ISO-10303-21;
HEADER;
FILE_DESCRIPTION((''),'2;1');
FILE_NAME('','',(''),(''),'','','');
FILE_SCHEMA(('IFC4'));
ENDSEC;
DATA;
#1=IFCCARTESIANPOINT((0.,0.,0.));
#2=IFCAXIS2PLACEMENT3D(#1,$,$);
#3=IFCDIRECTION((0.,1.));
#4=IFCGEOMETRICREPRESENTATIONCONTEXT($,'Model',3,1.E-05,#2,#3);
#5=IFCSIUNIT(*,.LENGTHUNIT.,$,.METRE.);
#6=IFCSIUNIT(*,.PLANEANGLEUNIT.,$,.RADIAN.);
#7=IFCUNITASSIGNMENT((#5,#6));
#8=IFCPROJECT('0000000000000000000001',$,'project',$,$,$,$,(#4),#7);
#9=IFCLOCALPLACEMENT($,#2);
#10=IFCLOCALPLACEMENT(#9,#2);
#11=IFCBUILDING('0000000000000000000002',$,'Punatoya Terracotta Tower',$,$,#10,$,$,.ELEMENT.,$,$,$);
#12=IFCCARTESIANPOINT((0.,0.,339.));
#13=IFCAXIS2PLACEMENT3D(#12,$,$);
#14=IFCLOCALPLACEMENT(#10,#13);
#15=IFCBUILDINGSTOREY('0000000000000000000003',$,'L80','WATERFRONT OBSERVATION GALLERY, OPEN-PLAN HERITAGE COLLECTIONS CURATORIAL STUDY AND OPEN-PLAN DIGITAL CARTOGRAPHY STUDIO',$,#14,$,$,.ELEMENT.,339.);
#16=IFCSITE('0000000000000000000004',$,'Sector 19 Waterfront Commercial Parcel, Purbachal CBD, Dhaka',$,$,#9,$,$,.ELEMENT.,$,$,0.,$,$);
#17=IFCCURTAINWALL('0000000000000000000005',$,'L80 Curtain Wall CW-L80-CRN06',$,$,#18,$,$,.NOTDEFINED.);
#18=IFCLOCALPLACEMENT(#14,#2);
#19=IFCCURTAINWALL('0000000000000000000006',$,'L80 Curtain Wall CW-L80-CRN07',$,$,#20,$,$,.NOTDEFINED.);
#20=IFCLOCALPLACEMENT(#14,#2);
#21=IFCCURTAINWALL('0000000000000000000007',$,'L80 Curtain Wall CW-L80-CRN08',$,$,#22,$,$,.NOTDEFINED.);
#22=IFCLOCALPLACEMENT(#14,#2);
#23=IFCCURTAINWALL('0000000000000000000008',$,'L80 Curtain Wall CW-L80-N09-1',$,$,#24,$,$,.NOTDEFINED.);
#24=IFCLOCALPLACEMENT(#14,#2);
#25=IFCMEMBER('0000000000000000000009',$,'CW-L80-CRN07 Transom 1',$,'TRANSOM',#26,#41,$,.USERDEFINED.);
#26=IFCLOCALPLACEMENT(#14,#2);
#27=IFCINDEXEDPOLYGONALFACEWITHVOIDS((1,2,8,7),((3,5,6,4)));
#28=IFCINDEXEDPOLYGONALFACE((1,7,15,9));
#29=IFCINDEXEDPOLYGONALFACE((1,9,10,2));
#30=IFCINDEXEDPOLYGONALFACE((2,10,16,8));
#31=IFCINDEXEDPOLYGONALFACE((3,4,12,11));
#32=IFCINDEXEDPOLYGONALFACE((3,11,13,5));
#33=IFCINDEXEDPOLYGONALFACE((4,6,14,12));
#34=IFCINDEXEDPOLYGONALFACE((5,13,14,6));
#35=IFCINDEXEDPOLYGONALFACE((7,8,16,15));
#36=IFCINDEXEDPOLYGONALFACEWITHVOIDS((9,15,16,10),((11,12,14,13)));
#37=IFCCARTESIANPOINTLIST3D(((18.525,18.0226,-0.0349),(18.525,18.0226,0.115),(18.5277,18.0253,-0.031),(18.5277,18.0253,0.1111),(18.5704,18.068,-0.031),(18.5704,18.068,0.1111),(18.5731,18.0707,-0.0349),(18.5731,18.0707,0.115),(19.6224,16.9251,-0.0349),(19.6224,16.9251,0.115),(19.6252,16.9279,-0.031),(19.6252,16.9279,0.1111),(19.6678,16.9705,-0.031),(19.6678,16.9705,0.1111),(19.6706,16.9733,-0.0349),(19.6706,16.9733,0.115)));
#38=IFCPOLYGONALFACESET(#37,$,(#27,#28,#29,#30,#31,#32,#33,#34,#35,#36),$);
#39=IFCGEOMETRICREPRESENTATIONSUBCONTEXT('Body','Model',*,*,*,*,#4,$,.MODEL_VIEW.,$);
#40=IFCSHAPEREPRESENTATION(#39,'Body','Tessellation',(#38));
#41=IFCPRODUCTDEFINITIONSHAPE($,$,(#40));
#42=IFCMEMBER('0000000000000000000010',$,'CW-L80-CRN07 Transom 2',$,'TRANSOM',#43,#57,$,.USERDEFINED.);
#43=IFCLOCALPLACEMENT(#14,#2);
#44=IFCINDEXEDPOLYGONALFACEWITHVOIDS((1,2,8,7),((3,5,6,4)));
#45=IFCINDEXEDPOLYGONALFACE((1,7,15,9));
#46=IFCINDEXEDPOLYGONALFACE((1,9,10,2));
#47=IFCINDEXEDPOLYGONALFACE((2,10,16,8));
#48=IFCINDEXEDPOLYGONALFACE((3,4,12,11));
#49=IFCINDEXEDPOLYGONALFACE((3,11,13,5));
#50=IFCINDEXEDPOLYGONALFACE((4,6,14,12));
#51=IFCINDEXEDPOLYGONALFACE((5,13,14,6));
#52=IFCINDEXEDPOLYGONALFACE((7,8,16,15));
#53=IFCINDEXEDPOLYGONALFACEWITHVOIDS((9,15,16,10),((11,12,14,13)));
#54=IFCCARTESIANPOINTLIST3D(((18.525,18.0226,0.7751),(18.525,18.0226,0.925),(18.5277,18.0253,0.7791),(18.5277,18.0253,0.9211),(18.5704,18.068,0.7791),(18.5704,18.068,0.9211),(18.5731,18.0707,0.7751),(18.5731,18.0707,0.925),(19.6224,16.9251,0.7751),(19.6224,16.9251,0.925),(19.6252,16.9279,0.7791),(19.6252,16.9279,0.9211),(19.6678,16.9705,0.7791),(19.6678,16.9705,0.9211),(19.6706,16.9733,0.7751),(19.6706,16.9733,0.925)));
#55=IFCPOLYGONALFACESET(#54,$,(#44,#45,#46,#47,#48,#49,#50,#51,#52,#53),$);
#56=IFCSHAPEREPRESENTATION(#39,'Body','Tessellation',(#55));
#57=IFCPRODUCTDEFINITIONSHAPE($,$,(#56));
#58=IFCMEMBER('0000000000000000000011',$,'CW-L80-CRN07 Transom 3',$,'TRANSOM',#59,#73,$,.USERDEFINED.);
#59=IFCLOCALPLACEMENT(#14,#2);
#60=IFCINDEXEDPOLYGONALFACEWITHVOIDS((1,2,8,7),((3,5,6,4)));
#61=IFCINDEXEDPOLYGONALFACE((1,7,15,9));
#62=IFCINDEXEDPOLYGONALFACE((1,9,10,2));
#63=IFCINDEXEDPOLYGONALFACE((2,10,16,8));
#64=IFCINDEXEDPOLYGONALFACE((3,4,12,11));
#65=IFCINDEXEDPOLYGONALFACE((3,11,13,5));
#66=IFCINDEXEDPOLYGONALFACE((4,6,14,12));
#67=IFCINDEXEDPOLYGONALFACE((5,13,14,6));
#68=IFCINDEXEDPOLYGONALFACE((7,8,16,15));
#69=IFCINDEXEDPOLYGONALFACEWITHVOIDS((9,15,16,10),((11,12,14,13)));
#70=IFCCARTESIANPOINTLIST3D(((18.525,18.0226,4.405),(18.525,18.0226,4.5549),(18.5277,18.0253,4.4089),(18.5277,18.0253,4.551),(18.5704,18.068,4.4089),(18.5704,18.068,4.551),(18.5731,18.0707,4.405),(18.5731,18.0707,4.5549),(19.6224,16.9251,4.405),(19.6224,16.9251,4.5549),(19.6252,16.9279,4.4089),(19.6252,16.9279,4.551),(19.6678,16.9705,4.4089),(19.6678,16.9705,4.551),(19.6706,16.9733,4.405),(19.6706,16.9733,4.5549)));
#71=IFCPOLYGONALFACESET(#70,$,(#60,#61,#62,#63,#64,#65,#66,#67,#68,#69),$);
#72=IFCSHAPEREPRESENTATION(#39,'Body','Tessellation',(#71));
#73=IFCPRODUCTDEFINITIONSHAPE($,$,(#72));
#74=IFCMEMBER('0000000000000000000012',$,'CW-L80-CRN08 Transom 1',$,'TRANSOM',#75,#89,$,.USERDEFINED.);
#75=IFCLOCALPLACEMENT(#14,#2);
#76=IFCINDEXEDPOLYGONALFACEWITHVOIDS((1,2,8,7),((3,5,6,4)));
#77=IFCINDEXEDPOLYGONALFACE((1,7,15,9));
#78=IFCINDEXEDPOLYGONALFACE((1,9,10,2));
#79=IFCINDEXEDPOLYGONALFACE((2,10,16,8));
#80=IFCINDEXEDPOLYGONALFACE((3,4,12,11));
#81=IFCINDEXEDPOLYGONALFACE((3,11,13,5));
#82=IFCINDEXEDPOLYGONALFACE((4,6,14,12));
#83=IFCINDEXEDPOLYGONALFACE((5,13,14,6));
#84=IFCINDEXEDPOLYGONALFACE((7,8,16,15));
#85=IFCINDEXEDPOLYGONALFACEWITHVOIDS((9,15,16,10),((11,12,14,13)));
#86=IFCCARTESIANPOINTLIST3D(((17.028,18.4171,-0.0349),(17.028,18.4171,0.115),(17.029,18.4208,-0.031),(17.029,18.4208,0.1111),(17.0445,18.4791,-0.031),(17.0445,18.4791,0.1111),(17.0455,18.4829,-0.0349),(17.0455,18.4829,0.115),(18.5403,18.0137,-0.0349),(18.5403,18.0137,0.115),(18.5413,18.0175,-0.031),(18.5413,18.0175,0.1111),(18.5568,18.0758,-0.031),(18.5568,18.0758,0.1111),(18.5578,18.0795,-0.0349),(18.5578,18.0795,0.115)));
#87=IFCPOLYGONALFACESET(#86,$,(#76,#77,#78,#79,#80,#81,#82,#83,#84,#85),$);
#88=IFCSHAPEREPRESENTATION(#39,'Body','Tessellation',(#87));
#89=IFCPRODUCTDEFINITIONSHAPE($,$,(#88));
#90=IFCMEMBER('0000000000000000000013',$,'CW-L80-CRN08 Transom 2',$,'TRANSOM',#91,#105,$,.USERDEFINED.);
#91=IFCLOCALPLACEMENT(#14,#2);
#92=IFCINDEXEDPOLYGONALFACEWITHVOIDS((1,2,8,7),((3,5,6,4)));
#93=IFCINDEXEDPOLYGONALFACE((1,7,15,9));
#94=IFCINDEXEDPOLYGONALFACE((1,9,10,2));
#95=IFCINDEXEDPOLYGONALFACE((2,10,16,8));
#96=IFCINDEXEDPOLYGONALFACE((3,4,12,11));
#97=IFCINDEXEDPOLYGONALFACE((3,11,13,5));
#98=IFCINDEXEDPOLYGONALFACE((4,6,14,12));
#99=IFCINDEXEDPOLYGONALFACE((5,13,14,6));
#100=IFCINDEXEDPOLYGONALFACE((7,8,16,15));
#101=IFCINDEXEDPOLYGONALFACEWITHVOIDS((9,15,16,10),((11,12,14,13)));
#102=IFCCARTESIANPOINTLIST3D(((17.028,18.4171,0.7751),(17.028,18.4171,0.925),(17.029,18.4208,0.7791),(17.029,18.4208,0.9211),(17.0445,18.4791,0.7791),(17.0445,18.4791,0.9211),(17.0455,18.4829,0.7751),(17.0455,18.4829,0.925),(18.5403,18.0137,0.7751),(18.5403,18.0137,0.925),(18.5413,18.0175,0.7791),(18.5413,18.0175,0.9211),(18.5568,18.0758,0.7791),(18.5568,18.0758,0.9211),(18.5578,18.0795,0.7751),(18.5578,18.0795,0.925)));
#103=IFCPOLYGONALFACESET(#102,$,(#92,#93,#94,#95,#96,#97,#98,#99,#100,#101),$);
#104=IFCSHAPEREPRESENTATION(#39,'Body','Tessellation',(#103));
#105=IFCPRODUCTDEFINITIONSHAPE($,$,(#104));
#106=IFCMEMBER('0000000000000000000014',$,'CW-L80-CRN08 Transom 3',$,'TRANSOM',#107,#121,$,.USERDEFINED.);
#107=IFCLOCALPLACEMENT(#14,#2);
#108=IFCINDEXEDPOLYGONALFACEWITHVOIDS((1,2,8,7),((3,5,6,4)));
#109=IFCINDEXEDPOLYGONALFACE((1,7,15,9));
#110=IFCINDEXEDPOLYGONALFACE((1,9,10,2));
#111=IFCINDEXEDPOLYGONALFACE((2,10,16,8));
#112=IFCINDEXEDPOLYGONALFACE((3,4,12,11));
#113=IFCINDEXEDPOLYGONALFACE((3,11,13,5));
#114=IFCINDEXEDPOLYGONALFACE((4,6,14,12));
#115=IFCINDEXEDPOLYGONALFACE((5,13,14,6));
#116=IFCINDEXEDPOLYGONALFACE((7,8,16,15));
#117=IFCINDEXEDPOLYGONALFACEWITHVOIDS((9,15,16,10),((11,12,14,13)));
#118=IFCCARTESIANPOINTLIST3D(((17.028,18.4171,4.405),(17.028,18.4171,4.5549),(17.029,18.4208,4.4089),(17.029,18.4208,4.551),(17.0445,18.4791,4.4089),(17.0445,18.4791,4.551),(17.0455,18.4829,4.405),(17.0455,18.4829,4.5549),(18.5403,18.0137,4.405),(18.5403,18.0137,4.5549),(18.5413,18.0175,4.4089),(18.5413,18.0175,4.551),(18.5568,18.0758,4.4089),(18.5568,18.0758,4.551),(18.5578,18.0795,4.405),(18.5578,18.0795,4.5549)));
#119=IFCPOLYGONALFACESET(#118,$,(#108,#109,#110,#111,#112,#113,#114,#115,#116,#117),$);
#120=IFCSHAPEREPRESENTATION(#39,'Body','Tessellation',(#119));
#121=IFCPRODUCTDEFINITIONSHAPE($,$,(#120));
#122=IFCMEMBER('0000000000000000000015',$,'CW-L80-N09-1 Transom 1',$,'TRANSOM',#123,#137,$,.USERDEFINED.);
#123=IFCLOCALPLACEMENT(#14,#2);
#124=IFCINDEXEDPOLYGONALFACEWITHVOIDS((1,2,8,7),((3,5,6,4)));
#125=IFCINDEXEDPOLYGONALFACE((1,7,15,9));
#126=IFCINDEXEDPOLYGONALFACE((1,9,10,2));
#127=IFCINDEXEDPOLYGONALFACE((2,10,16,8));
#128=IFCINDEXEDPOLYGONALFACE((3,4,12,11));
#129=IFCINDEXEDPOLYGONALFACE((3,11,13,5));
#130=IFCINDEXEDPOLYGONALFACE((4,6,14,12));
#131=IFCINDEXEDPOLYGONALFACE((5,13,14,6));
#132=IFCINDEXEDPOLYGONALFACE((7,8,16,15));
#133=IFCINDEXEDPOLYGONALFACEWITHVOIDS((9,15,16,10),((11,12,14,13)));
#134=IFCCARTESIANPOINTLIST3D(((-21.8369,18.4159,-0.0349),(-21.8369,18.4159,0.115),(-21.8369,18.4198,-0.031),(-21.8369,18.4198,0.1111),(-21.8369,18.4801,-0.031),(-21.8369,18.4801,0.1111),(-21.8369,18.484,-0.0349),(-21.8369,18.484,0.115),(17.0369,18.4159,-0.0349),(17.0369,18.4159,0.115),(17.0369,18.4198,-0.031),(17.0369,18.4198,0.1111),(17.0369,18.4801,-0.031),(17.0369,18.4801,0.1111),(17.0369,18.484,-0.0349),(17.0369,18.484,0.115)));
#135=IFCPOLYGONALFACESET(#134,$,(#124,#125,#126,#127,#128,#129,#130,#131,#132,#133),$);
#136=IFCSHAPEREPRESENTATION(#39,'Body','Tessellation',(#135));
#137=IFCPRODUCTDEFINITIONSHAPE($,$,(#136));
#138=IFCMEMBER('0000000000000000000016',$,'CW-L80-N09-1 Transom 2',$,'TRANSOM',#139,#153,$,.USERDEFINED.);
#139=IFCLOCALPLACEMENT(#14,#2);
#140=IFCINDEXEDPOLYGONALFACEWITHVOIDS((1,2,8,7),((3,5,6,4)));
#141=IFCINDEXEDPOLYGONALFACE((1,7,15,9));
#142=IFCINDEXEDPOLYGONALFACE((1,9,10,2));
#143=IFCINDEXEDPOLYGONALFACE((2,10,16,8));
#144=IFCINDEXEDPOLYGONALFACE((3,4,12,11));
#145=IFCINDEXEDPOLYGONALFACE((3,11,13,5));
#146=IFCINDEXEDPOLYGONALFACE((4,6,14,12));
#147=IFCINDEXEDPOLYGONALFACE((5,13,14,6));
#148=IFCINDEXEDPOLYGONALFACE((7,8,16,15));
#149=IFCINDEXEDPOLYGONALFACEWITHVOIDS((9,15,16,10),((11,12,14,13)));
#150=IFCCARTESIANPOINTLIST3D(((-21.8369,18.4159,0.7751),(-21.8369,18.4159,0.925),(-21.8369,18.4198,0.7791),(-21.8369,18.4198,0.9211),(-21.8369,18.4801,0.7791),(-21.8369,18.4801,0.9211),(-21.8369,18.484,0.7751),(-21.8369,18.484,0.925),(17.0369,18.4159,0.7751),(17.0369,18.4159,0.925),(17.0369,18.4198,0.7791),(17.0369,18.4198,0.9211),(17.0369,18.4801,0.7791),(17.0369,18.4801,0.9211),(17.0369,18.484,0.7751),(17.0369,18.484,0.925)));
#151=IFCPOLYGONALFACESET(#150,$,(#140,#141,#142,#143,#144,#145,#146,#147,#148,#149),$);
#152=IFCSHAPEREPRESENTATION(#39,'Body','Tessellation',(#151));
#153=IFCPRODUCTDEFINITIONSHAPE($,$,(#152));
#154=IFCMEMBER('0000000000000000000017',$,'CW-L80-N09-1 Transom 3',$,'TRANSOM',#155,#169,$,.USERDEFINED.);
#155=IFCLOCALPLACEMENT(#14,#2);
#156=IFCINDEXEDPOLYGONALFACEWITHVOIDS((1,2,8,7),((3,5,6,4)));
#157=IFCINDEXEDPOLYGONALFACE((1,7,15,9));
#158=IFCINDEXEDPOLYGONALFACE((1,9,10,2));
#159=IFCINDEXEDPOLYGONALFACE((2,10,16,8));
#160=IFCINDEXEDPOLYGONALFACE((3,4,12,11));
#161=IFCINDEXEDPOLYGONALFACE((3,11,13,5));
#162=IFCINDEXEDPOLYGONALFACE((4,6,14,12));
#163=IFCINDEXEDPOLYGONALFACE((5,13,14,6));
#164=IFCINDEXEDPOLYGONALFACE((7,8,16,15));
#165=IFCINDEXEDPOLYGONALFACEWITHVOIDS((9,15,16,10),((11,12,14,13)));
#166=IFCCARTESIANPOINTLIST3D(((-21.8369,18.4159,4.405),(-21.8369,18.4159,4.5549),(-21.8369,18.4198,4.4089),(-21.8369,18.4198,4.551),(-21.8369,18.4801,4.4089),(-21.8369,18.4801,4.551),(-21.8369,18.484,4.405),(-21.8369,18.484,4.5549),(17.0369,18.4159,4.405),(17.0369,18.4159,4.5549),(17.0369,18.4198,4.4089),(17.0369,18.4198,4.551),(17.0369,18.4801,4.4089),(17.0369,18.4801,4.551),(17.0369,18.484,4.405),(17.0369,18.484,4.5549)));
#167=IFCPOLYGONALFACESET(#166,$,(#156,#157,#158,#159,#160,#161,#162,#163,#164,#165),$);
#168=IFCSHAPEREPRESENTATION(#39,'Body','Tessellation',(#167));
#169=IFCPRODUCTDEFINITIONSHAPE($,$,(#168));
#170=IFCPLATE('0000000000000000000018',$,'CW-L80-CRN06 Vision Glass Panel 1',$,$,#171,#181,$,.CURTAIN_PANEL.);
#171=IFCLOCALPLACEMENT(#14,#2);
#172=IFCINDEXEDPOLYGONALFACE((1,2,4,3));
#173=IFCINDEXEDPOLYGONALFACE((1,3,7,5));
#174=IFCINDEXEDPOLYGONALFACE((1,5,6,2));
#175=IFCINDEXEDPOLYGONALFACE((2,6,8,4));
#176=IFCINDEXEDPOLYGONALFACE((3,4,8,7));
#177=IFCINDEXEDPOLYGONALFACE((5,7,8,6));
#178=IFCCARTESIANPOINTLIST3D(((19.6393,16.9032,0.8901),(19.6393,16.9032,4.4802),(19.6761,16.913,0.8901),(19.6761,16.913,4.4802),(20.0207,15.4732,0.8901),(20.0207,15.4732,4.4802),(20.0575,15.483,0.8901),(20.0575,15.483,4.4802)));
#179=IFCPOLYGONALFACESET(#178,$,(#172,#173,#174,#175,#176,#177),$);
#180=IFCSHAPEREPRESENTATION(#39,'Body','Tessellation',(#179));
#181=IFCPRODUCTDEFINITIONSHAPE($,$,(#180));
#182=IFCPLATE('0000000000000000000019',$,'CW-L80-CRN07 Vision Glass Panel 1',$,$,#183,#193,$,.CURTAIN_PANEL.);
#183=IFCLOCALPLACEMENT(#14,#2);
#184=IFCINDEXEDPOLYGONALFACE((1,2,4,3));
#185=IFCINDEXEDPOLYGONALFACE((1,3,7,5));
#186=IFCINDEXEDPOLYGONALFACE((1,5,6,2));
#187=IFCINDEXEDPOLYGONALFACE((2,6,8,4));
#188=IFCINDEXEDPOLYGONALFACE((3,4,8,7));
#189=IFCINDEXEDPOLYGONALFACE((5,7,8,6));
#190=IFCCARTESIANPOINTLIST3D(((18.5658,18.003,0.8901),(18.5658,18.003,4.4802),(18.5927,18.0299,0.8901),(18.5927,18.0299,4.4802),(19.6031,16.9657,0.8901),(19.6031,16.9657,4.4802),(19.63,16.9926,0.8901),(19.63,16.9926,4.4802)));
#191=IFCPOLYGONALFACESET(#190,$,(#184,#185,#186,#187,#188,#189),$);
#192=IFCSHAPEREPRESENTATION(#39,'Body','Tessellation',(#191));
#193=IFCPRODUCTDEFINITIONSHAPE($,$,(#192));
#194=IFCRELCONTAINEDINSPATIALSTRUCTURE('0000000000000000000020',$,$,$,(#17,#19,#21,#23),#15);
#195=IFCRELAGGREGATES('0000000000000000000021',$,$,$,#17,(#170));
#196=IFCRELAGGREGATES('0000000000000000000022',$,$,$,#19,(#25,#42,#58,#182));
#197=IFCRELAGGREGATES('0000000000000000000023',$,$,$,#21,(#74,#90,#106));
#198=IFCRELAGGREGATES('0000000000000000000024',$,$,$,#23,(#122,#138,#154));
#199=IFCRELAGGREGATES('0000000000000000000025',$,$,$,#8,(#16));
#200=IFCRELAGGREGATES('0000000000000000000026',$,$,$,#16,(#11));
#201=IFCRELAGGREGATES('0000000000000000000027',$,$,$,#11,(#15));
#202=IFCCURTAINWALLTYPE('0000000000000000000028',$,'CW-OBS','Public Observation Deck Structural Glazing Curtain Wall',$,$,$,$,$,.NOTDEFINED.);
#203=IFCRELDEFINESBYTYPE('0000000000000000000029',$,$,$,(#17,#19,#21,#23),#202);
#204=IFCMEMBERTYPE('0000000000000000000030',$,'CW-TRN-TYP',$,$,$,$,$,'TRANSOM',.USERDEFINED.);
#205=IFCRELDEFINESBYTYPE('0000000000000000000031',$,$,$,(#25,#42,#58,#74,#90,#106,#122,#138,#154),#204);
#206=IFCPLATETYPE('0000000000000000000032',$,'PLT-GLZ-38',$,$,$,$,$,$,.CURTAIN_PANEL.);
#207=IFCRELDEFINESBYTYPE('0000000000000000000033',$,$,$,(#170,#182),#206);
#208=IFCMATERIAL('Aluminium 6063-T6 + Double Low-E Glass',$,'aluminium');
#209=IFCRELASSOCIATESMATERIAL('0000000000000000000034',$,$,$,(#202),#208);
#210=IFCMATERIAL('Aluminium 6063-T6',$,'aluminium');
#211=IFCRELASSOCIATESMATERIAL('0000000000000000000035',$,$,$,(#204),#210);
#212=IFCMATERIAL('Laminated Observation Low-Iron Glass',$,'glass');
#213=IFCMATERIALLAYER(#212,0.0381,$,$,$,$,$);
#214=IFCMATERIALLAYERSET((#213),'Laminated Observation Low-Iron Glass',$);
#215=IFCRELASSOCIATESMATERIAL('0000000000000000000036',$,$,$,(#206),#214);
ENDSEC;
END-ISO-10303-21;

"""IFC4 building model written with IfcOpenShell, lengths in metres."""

from ifc_helpers import new_model, si_unit, direction, frame, origin, origin_2d, place, context, subcontext, project, spatial, rectangle, hollow_rectangle, extrude, material, layer, layer_set, material_profile, profile_set, type_object, element, aggregate, save


model = new_model("IFC4")

# Units and contexts
model_context = context("Model", 3, precision=1e-05, world=origin(), true_north=direction((0.0, 1.0)))
body_context = subcontext(model_context, "Body", "Model", "MODEL_VIEW")
ifc_project = project(units=[si_unit("LENGTHUNIT", "METRE"), si_unit("PLANEANGLEUNIT", "RADIAN")], contexts=[model_context])

# Site, building, storey
site_placement = place(None, origin())
site = spatial("IfcSite", under=ifc_project, at=site_placement, Name="Sector 19 Waterfront Commercial Parcel, Purbachal CBD, Dhaka", CompositionType="ELEMENT", RefElevation=0.0)
building_placement = place(site_placement, origin())
building = spatial("IfcBuilding", under=site, at=building_placement, Name="Punatoya Terracotta Tower", CompositionType="ELEMENT")
storey_placement = place(building_placement, frame((0.0, 0.0, 339.0)))
storey = spatial("IfcBuildingStorey", under=building, at=storey_placement, Name="L80", Description="WATERFRONT OBSERVATION GALLERY, OPEN-PLAN HERITAGE COLLECTIONS CURATORIAL STUDY AND OPEN-PLAN DIGITAL CARTOGRAPHY STUDIO", CompositionType="ELEMENT", Elevation=339.0)

# Curtain walls
ifc_material_1 = material(Name="Aluminium 6063-T6 + Double Low-E Glass", Category="aluminium")
curtain_wall_type = type_object("IfcCurtainWallType", Name="CW-OBS", Description="Public Observation Deck Structural Glazing Curtain Wall", PredefinedType="NOTDEFINED", material=ifc_material_1)
curtain_wall_1_placement = place(storey_placement, origin())
curtain_wall_1 = element("IfcCurtainWall", 1, at=curtain_wall_1_placement, inside=storey, type_object=curtain_wall_type, Name="L80 Curtain Wall CW-L80-CRN06", PredefinedType="NOTDEFINED")
ifc_material_2 = material(Name="Aluminium 6063-T6", Category="aluminium")
curtain_wall_2_placement = place(storey_placement, origin())
curtain_wall_2 = element("IfcCurtainWall", 2, at=curtain_wall_2_placement, inside=storey, type_object=curtain_wall_type, Name="L80 Curtain Wall CW-L80-CRN07", PredefinedType="NOTDEFINED")
curtain_wall_3_placement = place(storey_placement, origin())
curtain_wall_3 = element("IfcCurtainWall", 3, at=curtain_wall_3_placement, inside=storey, type_object=curtain_wall_type, Name="L80 Curtain Wall CW-L80-CRN08", PredefinedType="NOTDEFINED")
curtain_wall_4_placement = place(storey_placement, origin())
curtain_wall_4 = element("IfcCurtainWall", 4, at=curtain_wall_4_placement, inside=storey, type_object=curtain_wall_type, Name="L80 Curtain Wall CW-L80-N09-1", PredefinedType="NOTDEFINED")

# Members
ifc_material_profile_1 = material_profile(ifc_material_2, hollow_rectangle(XDim=0.0681, YDim=0.1499, WallThickness=0.0039, at=origin_2d()))
ifc_profile_set_1 = profile_set([ifc_material_profile_1], Name="Aluminium 6063-T6")
member_type_1 = type_object("IfcMemberType", Name="CW-TRN-TYP", ElementType="TRANSOM", PredefinedType="USERDEFINED", material=ifc_profile_set_1)
member_1_placement = place(storey_placement, frame((19.6465, 16.9492, 0.04), z_axis=(-0.707107, 0.707107, 0.0), x_axis=(-0.707107, -0.707107, 0.0)))
member_1 = element("IfcMember", 5, at=member_1_placement, type_object=member_type_1, Name="CW-L80-CRN07 Transom 1", ObjectType="TRANSOM", PredefinedType="USERDEFINED", context=body_context, shape_type="SweptSolid", body=[
    extrude(hollow_rectangle(XDim=0.0681, YDim=0.1499, WallThickness=0.0039, at=origin_2d()), origin(), (0.0, 0.0, 1.0), 1.552),
])
member_2_placement = place(storey_placement, frame((19.6465, 16.9492, 0.8501), z_axis=(-0.707107, 0.707107, 0.0), x_axis=(-0.707107, -0.707107, 0.0)))
member_2 = element("IfcMember", 6, at=member_2_placement, type_object=member_type_1, Name="CW-L80-CRN07 Transom 2", ObjectType="TRANSOM", PredefinedType="USERDEFINED", context=body_context, shape_type="SweptSolid", body=[
    extrude(hollow_rectangle(XDim=0.0681, YDim=0.1499, WallThickness=0.0039, at=origin_2d()), origin(), (0.0, 0.0, 1.0), 1.552),
])
member_3_placement = place(storey_placement, frame((19.6465, 16.9492, 4.48), z_axis=(-0.707107, 0.707107, 0.0), x_axis=(-0.707107, -0.707107, 0.0)))
member_3 = element("IfcMember", 7, at=member_3_placement, type_object=member_type_1, Name="CW-L80-CRN07 Transom 3", ObjectType="TRANSOM", PredefinedType="USERDEFINED", context=body_context, shape_type="SweptSolid", body=[
    extrude(hollow_rectangle(XDim=0.0681, YDim=0.1499, WallThickness=0.0039, at=origin_2d()), origin(), (0.0, 0.0, 1.0), 1.552),
])
member_4_placement = place(storey_placement, frame((18.5491, 18.0466, 0.04), z_axis=(-0.966225, 0.257701, 0.0), x_axis=(-0.257701, -0.966225, 0.0)))
member_4 = element("IfcMember", 8, at=member_4_placement, type_object=member_type_1, Name="CW-L80-CRN08 Transom 1", ObjectType="TRANSOM", PredefinedType="USERDEFINED", context=body_context, shape_type="SweptSolid", body=[
    extrude(hollow_rectangle(XDim=0.0681, YDim=0.1499, WallThickness=0.0039, at=origin_2d()), origin(), (0.0, 0.0, 1.0), 1.5652),
])
member_5_placement = place(storey_placement, frame((18.5491, 18.0466, 0.8501), z_axis=(-0.966225, 0.257701, 0.0), x_axis=(-0.257701, -0.966225, 0.0)))
member_5 = element("IfcMember", 9, at=member_5_placement, type_object=member_type_1, Name="CW-L80-CRN08 Transom 2", ObjectType="TRANSOM", PredefinedType="USERDEFINED", context=body_context, shape_type="SweptSolid", body=[
    extrude(hollow_rectangle(XDim=0.0681, YDim=0.1499, WallThickness=0.0039, at=origin_2d()), origin(), (0.0, 0.0, 1.0), 1.5652),
])
member_6_placement = place(storey_placement, frame((18.5491, 18.0466, 4.48), z_axis=(-0.966225, 0.257701, 0.0), x_axis=(-0.257701, -0.966225, 0.0)))
member_6 = element("IfcMember", 10, at=member_6_placement, type_object=member_type_1, Name="CW-L80-CRN08 Transom 3", ObjectType="TRANSOM", PredefinedType="USERDEFINED", context=body_context, shape_type="SweptSolid", body=[
    extrude(hollow_rectangle(XDim=0.0681, YDim=0.1499, WallThickness=0.0039, at=origin_2d()), origin(), (0.0, 0.0, 1.0), 1.5652),
])
member_7_placement = place(storey_placement, frame((17.0369, 18.45, 0.04), z_axis=(-1.0, 0.0, 0.0), x_axis=(0.0, -1.0, 0.0)))
member_7 = element("IfcMember", 11, at=member_7_placement, type_object=member_type_1, Name="CW-L80-N09-1 Transom 1", ObjectType="TRANSOM", PredefinedType="USERDEFINED", context=body_context, shape_type="SweptSolid", body=[
    extrude(hollow_rectangle(XDim=0.0681, YDim=0.1499, WallThickness=0.0039, at=origin_2d()), origin(), (0.0, 0.0, 1.0), 38.8738),
])
member_8_placement = place(storey_placement, frame((17.0369, 18.45, 0.8501), z_axis=(-1.0, 0.0, 0.0), x_axis=(0.0, -1.0, 0.0)))
member_8 = element("IfcMember", 12, at=member_8_placement, type_object=member_type_1, Name="CW-L80-N09-1 Transom 2", ObjectType="TRANSOM", PredefinedType="USERDEFINED", context=body_context, shape_type="SweptSolid", body=[
    extrude(hollow_rectangle(XDim=0.0681, YDim=0.1499, WallThickness=0.0039, at=origin_2d()), origin(), (0.0, 0.0, 1.0), 38.8738),
])
member_9_placement = place(storey_placement, frame((17.0369, 18.45, 4.48), z_axis=(-1.0, 0.0, 0.0), x_axis=(0.0, -1.0, 0.0)))
member_9 = element("IfcMember", 13, at=member_9_placement, type_object=member_type_1, Name="CW-L80-N09-1 Transom 3", ObjectType="TRANSOM", PredefinedType="USERDEFINED", context=body_context, shape_type="SweptSolid", body=[
    extrude(hollow_rectangle(XDim=0.0681, YDim=0.1499, WallThickness=0.0039, at=origin_2d()), origin(), (0.0, 0.0, 1.0), 38.8738),
])

# Plates
ifc_material_3 = material(Name="Laminated Observation Low-Iron Glass", Category="glass")
ifc_layer_1 = layer(ifc_material_3, 0.0381)
ifc_layer_set_1 = layer_set([ifc_layer_1], Name="Laminated Observation Low-Iron Glass")
plate_type_1 = type_object("IfcPlateType", Name="PLT-GLZ-38", PredefinedType="CURTAIN_PANEL", material=ifc_layer_set_1)
plate_1_placement = place(storey_placement, frame((19.8484, 16.1931, 0.8901), z_axis=(0.0, 0.0, 1.0), x_axis=(-0.257742, 0.966214, 0.0)))
plate_1 = element("IfcPlate", 14, at=plate_1_placement, type_object=plate_type_1, Name="CW-L80-CRN06 Vision Glass Panel 1", PredefinedType="CURTAIN_PANEL", context=body_context, shape_type="SweptSolid", body=[
    extrude(rectangle(XDim=1.48, YDim=0.0381, at=origin_2d()), origin(), (0.0, 0.0, 1.0), 3.5901),
])
plate_2_placement = place(storey_placement, frame((19.0979, 17.4978, 0.8901), z_axis=(0.0, 0.0, 1.0), x_axis=(-0.707107, 0.707107, 0.0)))
plate_2 = element("IfcPlate", 15, at=plate_2_placement, type_object=plate_type_1, Name="CW-L80-CRN07 Vision Glass Panel 1", PredefinedType="CURTAIN_PANEL", context=body_context, shape_type="SweptSolid", body=[
    extrude(rectangle(XDim=1.467, YDim=0.0381, at=origin_2d()), origin(), (0.0, 0.0, 1.0), 3.5901),
])
aggregate(curtain_wall_1, [plate_1])
aggregate(curtain_wall_2, [member_1, member_2, member_3, plate_2])
aggregate(curtain_wall_3, [member_4, member_5, member_6])
aggregate(curtain_wall_4, [member_7, member_8, member_9])

save(model, "model.ifc")
